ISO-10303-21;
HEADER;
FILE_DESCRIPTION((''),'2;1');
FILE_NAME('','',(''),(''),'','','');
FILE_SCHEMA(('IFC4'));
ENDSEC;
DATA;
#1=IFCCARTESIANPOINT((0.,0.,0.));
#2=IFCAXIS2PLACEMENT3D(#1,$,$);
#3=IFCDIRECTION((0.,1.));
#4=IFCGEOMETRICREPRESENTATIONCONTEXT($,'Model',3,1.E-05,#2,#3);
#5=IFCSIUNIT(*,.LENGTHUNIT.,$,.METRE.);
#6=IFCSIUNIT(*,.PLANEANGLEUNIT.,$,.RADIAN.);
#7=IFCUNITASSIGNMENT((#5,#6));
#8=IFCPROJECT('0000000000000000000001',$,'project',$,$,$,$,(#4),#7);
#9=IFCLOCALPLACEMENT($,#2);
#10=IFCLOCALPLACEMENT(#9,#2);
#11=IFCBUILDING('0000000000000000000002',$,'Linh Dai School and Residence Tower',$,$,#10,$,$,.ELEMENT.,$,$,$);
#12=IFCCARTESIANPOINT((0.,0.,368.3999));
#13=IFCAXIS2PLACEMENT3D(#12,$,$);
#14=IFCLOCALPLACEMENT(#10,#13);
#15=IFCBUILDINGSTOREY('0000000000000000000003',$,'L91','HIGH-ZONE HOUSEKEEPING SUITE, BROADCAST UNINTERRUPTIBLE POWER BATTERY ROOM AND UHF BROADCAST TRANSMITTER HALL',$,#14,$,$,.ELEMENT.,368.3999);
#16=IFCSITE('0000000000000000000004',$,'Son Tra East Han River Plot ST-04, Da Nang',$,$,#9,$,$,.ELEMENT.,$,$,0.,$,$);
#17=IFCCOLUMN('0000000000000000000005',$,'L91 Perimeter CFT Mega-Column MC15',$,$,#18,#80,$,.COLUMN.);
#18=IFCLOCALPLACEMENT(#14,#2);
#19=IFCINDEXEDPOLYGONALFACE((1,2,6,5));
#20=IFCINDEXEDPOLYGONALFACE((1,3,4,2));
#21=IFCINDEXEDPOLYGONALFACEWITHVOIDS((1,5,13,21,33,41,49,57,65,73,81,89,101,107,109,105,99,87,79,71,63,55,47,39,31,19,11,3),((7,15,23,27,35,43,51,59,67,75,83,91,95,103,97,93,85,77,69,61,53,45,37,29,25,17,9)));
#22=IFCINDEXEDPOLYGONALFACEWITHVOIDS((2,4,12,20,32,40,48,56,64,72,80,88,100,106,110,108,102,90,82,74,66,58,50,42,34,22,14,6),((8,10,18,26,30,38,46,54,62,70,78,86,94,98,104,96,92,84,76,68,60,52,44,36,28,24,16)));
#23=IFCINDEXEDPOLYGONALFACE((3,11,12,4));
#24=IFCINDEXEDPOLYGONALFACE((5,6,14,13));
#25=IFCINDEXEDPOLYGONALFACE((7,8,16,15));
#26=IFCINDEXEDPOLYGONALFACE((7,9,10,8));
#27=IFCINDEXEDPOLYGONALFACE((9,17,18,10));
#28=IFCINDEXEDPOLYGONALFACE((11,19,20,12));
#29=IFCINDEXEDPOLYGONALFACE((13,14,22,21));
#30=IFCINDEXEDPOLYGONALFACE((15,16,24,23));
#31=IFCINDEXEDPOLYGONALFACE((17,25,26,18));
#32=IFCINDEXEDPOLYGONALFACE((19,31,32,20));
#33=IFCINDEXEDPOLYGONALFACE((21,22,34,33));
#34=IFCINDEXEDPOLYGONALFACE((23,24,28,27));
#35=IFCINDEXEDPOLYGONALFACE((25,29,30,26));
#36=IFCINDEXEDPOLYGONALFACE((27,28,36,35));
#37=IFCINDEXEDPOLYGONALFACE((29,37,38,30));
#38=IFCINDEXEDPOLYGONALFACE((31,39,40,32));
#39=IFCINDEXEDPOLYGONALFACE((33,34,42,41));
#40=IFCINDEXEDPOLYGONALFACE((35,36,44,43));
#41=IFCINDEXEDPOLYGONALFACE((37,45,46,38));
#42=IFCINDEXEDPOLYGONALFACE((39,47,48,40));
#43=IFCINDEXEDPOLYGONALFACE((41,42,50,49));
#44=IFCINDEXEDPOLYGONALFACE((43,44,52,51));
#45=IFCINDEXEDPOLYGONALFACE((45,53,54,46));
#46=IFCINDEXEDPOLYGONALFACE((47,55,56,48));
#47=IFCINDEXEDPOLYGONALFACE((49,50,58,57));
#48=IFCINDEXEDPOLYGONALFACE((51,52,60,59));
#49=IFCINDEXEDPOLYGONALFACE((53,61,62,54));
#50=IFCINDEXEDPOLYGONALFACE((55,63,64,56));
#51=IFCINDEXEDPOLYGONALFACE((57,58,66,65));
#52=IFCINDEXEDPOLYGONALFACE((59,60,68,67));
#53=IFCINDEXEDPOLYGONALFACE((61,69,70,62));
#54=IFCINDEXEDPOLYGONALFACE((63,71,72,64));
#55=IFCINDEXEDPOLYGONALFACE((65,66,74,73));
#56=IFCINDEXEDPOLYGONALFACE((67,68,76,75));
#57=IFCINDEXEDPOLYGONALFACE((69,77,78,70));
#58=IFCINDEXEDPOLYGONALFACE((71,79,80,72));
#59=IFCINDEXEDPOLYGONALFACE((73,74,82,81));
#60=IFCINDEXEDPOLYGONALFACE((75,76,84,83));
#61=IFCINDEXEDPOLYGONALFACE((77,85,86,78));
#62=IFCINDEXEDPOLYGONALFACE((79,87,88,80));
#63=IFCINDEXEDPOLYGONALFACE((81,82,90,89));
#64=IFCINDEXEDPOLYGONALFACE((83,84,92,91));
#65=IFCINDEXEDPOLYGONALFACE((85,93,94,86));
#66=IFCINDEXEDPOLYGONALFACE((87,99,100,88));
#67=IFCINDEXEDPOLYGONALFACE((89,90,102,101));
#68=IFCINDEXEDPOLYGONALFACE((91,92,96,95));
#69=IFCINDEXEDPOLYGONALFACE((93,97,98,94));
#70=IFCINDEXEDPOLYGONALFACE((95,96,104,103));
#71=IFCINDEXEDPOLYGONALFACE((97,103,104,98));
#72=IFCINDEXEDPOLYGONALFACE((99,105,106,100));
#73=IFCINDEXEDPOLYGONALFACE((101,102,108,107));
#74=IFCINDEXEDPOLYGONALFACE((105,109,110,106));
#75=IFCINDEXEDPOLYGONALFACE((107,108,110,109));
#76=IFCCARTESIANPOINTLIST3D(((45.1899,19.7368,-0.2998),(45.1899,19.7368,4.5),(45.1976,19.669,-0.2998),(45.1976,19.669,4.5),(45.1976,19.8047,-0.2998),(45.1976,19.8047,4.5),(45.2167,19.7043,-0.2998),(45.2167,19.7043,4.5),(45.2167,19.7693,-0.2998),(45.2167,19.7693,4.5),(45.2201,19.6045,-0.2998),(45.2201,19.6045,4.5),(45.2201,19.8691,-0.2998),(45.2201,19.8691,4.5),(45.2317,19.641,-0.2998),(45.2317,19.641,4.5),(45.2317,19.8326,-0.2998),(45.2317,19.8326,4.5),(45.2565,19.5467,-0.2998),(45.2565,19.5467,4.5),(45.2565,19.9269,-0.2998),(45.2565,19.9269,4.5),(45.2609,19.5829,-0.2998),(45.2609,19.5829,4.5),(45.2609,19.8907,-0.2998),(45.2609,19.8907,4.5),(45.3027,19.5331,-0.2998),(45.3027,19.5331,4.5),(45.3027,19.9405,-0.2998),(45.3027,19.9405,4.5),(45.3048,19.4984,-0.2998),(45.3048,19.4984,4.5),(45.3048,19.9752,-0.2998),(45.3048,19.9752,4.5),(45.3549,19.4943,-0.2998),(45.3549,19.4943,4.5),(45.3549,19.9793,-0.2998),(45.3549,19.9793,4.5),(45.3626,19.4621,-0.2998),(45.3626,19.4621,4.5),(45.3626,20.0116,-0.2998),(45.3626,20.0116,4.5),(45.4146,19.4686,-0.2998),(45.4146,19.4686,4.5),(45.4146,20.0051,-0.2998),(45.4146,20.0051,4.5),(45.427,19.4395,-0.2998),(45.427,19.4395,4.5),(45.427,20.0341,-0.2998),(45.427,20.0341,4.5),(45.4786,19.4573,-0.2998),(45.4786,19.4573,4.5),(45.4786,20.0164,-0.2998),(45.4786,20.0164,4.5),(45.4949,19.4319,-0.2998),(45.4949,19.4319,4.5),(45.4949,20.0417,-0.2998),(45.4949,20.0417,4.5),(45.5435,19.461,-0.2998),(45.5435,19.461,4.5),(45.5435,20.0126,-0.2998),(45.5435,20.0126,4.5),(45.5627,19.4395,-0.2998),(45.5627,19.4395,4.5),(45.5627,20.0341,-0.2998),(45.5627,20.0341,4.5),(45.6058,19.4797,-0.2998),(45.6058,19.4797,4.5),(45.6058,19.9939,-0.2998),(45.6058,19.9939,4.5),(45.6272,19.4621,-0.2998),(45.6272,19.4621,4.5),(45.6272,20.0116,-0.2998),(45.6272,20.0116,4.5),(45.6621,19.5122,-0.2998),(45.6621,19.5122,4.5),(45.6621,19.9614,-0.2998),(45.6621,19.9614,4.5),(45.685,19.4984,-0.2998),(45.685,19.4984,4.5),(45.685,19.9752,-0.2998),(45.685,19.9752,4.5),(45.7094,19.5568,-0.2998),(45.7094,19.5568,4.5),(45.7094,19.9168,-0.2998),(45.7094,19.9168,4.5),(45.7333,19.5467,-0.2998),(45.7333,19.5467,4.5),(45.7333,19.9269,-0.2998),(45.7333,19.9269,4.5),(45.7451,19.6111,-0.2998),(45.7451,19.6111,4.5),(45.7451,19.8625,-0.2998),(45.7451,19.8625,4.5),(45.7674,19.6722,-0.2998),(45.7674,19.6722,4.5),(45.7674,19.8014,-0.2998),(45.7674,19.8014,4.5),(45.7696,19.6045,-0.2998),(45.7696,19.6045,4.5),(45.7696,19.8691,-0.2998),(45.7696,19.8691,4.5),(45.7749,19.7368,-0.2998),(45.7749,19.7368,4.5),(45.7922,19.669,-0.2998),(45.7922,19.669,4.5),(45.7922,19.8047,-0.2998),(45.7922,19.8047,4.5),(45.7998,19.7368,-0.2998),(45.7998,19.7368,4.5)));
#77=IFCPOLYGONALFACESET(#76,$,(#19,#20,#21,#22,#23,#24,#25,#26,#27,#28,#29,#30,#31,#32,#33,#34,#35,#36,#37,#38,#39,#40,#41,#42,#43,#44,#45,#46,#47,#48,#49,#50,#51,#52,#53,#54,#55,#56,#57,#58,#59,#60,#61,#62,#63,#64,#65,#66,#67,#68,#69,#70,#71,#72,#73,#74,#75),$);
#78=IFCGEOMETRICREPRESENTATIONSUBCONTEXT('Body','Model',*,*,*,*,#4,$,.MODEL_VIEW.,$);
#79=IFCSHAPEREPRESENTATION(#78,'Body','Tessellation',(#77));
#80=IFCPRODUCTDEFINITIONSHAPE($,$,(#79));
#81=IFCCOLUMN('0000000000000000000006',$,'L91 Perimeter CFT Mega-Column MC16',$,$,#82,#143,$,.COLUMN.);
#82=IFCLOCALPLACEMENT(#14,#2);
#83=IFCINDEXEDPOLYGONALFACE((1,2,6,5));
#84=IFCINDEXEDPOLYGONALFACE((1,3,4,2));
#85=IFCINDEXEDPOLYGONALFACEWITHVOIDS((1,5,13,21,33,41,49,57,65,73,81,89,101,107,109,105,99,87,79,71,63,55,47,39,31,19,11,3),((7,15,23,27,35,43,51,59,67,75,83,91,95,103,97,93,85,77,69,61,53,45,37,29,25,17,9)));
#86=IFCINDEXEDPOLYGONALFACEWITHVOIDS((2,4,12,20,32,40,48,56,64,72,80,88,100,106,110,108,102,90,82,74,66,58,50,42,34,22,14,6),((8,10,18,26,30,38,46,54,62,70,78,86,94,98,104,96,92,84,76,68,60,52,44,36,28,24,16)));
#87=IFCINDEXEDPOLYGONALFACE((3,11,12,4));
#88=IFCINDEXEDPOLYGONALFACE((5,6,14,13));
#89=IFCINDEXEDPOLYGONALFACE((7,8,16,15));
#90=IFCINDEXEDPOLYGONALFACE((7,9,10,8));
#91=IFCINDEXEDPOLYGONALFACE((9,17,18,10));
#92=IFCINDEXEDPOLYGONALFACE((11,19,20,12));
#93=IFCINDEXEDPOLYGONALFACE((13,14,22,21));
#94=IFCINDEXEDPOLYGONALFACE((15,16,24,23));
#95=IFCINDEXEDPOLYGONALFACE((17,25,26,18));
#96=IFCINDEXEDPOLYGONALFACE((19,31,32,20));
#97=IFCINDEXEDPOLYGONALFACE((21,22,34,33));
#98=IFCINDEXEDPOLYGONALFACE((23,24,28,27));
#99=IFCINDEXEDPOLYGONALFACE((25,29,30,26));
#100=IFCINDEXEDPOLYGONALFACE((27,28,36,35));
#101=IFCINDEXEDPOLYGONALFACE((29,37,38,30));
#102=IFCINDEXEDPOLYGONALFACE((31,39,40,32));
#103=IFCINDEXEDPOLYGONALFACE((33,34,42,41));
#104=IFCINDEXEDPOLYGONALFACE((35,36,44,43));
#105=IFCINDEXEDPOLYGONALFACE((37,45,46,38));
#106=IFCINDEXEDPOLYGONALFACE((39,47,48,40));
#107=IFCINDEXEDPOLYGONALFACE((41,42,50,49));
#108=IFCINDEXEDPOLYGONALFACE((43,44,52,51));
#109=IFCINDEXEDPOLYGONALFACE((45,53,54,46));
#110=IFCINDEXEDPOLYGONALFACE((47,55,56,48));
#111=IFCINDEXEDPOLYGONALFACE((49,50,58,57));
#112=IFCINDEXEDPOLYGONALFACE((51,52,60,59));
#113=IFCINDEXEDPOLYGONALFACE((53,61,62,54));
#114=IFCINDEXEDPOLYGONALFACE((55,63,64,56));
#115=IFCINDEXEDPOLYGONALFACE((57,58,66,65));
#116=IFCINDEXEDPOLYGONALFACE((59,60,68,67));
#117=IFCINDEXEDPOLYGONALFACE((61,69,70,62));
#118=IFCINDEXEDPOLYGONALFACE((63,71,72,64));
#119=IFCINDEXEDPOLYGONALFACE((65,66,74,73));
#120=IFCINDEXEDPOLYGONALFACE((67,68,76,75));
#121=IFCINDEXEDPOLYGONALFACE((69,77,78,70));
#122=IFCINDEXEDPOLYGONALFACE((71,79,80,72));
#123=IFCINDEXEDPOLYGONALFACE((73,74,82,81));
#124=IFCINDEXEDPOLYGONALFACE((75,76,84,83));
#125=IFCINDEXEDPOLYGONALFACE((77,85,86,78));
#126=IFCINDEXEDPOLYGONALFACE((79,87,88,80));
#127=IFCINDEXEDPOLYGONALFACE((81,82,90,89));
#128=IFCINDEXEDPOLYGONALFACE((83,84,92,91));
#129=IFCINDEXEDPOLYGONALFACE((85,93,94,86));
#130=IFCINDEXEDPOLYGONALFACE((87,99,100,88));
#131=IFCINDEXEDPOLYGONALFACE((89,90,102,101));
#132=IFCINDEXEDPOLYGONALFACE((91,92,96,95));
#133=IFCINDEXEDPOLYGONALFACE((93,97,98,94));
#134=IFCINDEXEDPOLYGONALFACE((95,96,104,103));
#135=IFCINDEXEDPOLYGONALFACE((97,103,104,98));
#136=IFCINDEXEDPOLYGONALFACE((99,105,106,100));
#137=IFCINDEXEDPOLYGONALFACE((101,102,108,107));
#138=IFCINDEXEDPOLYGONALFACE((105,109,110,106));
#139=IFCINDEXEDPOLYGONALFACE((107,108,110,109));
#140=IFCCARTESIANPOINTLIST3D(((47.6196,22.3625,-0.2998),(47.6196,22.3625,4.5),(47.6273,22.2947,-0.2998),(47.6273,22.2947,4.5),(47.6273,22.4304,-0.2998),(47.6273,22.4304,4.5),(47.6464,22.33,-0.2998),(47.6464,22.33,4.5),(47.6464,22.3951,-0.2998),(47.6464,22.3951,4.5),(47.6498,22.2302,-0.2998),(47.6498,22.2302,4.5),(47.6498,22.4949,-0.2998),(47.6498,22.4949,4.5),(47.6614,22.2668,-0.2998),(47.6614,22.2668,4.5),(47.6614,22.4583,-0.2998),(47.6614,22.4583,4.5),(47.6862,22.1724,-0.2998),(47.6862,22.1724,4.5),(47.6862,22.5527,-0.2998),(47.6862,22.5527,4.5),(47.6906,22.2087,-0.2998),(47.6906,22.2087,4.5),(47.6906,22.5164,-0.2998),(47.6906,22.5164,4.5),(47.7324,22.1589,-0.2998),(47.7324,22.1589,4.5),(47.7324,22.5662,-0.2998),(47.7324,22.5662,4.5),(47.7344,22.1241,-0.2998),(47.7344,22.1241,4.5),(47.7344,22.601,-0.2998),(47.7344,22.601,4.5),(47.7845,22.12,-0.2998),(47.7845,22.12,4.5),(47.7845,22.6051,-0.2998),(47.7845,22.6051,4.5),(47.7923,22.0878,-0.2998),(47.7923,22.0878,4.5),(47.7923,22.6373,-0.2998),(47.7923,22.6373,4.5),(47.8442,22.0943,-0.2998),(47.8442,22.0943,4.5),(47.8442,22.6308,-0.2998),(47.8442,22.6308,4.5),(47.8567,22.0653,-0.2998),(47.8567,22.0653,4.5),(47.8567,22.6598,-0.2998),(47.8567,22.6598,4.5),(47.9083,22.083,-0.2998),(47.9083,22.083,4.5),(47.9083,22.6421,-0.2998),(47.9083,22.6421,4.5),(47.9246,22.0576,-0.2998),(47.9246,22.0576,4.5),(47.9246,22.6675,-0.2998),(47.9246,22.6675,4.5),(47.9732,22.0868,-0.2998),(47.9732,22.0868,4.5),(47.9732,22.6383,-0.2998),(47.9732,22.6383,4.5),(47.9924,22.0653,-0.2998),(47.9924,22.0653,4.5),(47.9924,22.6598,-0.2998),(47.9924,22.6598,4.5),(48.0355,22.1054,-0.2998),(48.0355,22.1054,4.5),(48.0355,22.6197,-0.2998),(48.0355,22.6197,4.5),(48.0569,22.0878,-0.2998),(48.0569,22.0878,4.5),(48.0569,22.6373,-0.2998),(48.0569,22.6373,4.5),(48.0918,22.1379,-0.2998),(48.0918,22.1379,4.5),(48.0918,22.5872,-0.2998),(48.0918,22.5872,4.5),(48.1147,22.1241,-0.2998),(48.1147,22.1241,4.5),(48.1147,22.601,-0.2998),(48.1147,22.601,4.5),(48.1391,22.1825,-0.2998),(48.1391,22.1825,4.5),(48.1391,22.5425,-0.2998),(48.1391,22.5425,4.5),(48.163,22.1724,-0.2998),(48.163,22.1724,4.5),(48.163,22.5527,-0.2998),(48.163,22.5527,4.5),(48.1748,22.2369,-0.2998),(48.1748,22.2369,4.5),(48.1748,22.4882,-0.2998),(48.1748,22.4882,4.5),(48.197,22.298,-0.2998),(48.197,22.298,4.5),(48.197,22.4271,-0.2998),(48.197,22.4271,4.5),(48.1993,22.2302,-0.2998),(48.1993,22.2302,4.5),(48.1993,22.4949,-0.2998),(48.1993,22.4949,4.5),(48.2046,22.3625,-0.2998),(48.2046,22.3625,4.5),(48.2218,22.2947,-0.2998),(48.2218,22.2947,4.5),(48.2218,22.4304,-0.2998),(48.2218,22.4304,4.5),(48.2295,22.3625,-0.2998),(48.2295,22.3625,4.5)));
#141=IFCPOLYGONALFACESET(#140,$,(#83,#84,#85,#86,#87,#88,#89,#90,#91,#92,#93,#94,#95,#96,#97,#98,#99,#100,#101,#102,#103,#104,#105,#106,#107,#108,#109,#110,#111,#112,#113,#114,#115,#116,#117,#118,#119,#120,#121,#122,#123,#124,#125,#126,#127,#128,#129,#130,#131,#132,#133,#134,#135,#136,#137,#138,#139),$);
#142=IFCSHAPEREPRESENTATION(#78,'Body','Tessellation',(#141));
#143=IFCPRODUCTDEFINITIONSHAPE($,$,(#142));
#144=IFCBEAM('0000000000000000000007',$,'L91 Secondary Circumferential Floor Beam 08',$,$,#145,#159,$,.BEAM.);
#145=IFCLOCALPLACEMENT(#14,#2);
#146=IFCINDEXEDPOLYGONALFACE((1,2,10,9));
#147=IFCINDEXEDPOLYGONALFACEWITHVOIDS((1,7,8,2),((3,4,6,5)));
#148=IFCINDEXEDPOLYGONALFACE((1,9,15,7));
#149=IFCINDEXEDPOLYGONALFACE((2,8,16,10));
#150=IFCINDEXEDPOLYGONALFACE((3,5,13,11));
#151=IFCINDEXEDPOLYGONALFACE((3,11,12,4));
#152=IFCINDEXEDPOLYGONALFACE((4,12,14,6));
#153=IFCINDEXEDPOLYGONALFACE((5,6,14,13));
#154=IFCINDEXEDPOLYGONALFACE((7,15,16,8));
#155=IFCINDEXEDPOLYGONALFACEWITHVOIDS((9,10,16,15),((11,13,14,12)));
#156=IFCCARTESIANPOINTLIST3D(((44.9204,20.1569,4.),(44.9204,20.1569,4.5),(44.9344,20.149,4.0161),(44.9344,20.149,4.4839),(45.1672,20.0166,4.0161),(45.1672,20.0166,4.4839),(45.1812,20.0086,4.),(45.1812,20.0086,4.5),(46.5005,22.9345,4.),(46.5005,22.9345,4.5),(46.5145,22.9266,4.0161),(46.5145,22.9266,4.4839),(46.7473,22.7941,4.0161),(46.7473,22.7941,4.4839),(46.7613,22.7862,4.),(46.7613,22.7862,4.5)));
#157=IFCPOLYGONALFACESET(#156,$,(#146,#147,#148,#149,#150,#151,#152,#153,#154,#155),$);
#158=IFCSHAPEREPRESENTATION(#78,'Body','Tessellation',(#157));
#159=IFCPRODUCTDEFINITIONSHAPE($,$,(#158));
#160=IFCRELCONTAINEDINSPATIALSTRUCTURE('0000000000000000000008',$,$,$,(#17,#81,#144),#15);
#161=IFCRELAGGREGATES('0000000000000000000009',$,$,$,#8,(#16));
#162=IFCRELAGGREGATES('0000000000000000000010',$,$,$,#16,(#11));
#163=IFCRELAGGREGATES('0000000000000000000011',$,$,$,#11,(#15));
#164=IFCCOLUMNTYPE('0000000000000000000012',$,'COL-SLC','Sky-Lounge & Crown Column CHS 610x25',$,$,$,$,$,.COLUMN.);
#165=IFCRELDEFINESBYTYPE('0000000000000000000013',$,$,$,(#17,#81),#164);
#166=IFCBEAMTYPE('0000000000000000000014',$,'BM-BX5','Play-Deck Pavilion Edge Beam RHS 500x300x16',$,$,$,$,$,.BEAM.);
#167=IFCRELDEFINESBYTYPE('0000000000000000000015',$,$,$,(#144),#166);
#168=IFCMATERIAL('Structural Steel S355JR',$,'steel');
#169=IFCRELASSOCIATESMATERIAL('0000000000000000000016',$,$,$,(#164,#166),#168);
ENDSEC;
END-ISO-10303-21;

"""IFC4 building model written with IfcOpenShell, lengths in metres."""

from ifc_helpers import new_model, si_unit, direction, frame, origin, origin_2d, place, context, subcontext, project, spatial, hollow_rectangle, hollow_circle, extrude, material, material_profile, profile_set, type_object, element, save


model = new_model("IFC4")

# Units and contexts
model_context = context("Model", 3, precision=1e-05, world=origin(), true_north=direction((0.0, 1.0)))
body_context = subcontext(model_context, "Body", "Model", "MODEL_VIEW")
ifc_project = project(units=[si_unit("LENGTHUNIT", "METRE"), si_unit("PLANEANGLEUNIT", "RADIAN")], contexts=[model_context])

# Site, building, storey
site_placement = place(None, origin())
site = spatial("IfcSite", under=ifc_project, at=site_placement, Name="Son Tra East Han River Plot ST-04, Da Nang", CompositionType="ELEMENT", RefElevation=0.0)
building_placement = place(site_placement, origin())
building = spatial("IfcBuilding", under=site, at=building_placement, Name="Linh Dai School and Residence Tower", CompositionType="ELEMENT")
storey_placement = place(building_placement, frame((0.0, 0.0, 368.3999)))
storey = spatial("IfcBuildingStorey", under=building, at=storey_placement, Name="L91", Description="HIGH-ZONE HOUSEKEEPING SUITE, BROADCAST UNINTERRUPTIBLE POWER BATTERY ROOM AND UHF BROADCAST TRANSMITTER HALL", CompositionType="ELEMENT", Elevation=368.3999)

# Columns
ifc_material_1 = material(Name="Structural Steel S355JR", Category="steel")
ifc_material_profile_1 = material_profile(ifc_material_1, hollow_circle(Radius=0.3049, WallThickness=0.0249, at=origin_2d()), Name="CHS 610x25")
ifc_profile_set_1 = profile_set([ifc_material_profile_1], Name="Structural Steel S355JR")
column_type_1 = type_object("IfcColumnType", Name="COL-SLC", Description="Sky-Lounge & Crown Column CHS 610x25", PredefinedType="COLUMN", material=ifc_profile_set_1)
for number, where, z_axis, x_axis, name in (
    (1, (45.4949, 19.7368, -0.2998), (0.0, 0.0, 1.0), (1.0, 0.0, 0.0), "L91 Perimeter CFT Mega-Column MC15"),
    (2, (47.9246, 22.3625, -0.2998), (0.0, 0.0, 1.0), (1.0, 0.0, 0.0), "L91 Perimeter CFT Mega-Column MC16"),
):
    element("IfcColumn", number, at=place(storey_placement, frame(where, z_axis=z_axis, x_axis=x_axis)), inside=storey, type_object=column_type_1, Name=name, PredefinedType="COLUMN", context=body_context, shape_type="SweptSolid", body=[
        extrude(hollow_circle(Radius=0.3049, WallThickness=0.0249, at=origin_2d()), origin(), (0.0, 0.0, 1.0), 4.7998),
    ])

# Beam
ifc_material_profile_2 = material_profile(ifc_material_1, hollow_rectangle(XDim=0.3, YDim=0.5, WallThickness=0.0161, at=origin_2d()), Name="RHS 500x300x16")
ifc_profile_set_2 = profile_set([ifc_material_profile_2], Name="Structural Steel S355JR")
beam_type_1 = type_object("IfcBeamType", Name="BM-BX5", Description="Play-Deck Pavilion Edge Beam RHS 500x300x16", PredefinedType="BEAM", material=ifc_profile_set_2)
beam_1_placement = place(storey_placement, frame((45.0508, 20.0828, 4.25), z_axis=(0.49446, 0.869201, 0.0), x_axis=(-0.869201, 0.49446, 0.0)))
element("IfcBeam", 3, at=beam_1_placement, inside=storey, type_object=beam_type_1, Name="L91 Secondary Circumferential Floor Beam 08", PredefinedType="BEAM", context=body_context, shape_type="SweptSolid", body=[
    extrude(hollow_rectangle(XDim=0.3, YDim=0.5, WallThickness=0.0161, at=origin_2d()), origin(), (0.0, 0.0, 1.0), 3.1956),
])

save(model, "model.ifc")
